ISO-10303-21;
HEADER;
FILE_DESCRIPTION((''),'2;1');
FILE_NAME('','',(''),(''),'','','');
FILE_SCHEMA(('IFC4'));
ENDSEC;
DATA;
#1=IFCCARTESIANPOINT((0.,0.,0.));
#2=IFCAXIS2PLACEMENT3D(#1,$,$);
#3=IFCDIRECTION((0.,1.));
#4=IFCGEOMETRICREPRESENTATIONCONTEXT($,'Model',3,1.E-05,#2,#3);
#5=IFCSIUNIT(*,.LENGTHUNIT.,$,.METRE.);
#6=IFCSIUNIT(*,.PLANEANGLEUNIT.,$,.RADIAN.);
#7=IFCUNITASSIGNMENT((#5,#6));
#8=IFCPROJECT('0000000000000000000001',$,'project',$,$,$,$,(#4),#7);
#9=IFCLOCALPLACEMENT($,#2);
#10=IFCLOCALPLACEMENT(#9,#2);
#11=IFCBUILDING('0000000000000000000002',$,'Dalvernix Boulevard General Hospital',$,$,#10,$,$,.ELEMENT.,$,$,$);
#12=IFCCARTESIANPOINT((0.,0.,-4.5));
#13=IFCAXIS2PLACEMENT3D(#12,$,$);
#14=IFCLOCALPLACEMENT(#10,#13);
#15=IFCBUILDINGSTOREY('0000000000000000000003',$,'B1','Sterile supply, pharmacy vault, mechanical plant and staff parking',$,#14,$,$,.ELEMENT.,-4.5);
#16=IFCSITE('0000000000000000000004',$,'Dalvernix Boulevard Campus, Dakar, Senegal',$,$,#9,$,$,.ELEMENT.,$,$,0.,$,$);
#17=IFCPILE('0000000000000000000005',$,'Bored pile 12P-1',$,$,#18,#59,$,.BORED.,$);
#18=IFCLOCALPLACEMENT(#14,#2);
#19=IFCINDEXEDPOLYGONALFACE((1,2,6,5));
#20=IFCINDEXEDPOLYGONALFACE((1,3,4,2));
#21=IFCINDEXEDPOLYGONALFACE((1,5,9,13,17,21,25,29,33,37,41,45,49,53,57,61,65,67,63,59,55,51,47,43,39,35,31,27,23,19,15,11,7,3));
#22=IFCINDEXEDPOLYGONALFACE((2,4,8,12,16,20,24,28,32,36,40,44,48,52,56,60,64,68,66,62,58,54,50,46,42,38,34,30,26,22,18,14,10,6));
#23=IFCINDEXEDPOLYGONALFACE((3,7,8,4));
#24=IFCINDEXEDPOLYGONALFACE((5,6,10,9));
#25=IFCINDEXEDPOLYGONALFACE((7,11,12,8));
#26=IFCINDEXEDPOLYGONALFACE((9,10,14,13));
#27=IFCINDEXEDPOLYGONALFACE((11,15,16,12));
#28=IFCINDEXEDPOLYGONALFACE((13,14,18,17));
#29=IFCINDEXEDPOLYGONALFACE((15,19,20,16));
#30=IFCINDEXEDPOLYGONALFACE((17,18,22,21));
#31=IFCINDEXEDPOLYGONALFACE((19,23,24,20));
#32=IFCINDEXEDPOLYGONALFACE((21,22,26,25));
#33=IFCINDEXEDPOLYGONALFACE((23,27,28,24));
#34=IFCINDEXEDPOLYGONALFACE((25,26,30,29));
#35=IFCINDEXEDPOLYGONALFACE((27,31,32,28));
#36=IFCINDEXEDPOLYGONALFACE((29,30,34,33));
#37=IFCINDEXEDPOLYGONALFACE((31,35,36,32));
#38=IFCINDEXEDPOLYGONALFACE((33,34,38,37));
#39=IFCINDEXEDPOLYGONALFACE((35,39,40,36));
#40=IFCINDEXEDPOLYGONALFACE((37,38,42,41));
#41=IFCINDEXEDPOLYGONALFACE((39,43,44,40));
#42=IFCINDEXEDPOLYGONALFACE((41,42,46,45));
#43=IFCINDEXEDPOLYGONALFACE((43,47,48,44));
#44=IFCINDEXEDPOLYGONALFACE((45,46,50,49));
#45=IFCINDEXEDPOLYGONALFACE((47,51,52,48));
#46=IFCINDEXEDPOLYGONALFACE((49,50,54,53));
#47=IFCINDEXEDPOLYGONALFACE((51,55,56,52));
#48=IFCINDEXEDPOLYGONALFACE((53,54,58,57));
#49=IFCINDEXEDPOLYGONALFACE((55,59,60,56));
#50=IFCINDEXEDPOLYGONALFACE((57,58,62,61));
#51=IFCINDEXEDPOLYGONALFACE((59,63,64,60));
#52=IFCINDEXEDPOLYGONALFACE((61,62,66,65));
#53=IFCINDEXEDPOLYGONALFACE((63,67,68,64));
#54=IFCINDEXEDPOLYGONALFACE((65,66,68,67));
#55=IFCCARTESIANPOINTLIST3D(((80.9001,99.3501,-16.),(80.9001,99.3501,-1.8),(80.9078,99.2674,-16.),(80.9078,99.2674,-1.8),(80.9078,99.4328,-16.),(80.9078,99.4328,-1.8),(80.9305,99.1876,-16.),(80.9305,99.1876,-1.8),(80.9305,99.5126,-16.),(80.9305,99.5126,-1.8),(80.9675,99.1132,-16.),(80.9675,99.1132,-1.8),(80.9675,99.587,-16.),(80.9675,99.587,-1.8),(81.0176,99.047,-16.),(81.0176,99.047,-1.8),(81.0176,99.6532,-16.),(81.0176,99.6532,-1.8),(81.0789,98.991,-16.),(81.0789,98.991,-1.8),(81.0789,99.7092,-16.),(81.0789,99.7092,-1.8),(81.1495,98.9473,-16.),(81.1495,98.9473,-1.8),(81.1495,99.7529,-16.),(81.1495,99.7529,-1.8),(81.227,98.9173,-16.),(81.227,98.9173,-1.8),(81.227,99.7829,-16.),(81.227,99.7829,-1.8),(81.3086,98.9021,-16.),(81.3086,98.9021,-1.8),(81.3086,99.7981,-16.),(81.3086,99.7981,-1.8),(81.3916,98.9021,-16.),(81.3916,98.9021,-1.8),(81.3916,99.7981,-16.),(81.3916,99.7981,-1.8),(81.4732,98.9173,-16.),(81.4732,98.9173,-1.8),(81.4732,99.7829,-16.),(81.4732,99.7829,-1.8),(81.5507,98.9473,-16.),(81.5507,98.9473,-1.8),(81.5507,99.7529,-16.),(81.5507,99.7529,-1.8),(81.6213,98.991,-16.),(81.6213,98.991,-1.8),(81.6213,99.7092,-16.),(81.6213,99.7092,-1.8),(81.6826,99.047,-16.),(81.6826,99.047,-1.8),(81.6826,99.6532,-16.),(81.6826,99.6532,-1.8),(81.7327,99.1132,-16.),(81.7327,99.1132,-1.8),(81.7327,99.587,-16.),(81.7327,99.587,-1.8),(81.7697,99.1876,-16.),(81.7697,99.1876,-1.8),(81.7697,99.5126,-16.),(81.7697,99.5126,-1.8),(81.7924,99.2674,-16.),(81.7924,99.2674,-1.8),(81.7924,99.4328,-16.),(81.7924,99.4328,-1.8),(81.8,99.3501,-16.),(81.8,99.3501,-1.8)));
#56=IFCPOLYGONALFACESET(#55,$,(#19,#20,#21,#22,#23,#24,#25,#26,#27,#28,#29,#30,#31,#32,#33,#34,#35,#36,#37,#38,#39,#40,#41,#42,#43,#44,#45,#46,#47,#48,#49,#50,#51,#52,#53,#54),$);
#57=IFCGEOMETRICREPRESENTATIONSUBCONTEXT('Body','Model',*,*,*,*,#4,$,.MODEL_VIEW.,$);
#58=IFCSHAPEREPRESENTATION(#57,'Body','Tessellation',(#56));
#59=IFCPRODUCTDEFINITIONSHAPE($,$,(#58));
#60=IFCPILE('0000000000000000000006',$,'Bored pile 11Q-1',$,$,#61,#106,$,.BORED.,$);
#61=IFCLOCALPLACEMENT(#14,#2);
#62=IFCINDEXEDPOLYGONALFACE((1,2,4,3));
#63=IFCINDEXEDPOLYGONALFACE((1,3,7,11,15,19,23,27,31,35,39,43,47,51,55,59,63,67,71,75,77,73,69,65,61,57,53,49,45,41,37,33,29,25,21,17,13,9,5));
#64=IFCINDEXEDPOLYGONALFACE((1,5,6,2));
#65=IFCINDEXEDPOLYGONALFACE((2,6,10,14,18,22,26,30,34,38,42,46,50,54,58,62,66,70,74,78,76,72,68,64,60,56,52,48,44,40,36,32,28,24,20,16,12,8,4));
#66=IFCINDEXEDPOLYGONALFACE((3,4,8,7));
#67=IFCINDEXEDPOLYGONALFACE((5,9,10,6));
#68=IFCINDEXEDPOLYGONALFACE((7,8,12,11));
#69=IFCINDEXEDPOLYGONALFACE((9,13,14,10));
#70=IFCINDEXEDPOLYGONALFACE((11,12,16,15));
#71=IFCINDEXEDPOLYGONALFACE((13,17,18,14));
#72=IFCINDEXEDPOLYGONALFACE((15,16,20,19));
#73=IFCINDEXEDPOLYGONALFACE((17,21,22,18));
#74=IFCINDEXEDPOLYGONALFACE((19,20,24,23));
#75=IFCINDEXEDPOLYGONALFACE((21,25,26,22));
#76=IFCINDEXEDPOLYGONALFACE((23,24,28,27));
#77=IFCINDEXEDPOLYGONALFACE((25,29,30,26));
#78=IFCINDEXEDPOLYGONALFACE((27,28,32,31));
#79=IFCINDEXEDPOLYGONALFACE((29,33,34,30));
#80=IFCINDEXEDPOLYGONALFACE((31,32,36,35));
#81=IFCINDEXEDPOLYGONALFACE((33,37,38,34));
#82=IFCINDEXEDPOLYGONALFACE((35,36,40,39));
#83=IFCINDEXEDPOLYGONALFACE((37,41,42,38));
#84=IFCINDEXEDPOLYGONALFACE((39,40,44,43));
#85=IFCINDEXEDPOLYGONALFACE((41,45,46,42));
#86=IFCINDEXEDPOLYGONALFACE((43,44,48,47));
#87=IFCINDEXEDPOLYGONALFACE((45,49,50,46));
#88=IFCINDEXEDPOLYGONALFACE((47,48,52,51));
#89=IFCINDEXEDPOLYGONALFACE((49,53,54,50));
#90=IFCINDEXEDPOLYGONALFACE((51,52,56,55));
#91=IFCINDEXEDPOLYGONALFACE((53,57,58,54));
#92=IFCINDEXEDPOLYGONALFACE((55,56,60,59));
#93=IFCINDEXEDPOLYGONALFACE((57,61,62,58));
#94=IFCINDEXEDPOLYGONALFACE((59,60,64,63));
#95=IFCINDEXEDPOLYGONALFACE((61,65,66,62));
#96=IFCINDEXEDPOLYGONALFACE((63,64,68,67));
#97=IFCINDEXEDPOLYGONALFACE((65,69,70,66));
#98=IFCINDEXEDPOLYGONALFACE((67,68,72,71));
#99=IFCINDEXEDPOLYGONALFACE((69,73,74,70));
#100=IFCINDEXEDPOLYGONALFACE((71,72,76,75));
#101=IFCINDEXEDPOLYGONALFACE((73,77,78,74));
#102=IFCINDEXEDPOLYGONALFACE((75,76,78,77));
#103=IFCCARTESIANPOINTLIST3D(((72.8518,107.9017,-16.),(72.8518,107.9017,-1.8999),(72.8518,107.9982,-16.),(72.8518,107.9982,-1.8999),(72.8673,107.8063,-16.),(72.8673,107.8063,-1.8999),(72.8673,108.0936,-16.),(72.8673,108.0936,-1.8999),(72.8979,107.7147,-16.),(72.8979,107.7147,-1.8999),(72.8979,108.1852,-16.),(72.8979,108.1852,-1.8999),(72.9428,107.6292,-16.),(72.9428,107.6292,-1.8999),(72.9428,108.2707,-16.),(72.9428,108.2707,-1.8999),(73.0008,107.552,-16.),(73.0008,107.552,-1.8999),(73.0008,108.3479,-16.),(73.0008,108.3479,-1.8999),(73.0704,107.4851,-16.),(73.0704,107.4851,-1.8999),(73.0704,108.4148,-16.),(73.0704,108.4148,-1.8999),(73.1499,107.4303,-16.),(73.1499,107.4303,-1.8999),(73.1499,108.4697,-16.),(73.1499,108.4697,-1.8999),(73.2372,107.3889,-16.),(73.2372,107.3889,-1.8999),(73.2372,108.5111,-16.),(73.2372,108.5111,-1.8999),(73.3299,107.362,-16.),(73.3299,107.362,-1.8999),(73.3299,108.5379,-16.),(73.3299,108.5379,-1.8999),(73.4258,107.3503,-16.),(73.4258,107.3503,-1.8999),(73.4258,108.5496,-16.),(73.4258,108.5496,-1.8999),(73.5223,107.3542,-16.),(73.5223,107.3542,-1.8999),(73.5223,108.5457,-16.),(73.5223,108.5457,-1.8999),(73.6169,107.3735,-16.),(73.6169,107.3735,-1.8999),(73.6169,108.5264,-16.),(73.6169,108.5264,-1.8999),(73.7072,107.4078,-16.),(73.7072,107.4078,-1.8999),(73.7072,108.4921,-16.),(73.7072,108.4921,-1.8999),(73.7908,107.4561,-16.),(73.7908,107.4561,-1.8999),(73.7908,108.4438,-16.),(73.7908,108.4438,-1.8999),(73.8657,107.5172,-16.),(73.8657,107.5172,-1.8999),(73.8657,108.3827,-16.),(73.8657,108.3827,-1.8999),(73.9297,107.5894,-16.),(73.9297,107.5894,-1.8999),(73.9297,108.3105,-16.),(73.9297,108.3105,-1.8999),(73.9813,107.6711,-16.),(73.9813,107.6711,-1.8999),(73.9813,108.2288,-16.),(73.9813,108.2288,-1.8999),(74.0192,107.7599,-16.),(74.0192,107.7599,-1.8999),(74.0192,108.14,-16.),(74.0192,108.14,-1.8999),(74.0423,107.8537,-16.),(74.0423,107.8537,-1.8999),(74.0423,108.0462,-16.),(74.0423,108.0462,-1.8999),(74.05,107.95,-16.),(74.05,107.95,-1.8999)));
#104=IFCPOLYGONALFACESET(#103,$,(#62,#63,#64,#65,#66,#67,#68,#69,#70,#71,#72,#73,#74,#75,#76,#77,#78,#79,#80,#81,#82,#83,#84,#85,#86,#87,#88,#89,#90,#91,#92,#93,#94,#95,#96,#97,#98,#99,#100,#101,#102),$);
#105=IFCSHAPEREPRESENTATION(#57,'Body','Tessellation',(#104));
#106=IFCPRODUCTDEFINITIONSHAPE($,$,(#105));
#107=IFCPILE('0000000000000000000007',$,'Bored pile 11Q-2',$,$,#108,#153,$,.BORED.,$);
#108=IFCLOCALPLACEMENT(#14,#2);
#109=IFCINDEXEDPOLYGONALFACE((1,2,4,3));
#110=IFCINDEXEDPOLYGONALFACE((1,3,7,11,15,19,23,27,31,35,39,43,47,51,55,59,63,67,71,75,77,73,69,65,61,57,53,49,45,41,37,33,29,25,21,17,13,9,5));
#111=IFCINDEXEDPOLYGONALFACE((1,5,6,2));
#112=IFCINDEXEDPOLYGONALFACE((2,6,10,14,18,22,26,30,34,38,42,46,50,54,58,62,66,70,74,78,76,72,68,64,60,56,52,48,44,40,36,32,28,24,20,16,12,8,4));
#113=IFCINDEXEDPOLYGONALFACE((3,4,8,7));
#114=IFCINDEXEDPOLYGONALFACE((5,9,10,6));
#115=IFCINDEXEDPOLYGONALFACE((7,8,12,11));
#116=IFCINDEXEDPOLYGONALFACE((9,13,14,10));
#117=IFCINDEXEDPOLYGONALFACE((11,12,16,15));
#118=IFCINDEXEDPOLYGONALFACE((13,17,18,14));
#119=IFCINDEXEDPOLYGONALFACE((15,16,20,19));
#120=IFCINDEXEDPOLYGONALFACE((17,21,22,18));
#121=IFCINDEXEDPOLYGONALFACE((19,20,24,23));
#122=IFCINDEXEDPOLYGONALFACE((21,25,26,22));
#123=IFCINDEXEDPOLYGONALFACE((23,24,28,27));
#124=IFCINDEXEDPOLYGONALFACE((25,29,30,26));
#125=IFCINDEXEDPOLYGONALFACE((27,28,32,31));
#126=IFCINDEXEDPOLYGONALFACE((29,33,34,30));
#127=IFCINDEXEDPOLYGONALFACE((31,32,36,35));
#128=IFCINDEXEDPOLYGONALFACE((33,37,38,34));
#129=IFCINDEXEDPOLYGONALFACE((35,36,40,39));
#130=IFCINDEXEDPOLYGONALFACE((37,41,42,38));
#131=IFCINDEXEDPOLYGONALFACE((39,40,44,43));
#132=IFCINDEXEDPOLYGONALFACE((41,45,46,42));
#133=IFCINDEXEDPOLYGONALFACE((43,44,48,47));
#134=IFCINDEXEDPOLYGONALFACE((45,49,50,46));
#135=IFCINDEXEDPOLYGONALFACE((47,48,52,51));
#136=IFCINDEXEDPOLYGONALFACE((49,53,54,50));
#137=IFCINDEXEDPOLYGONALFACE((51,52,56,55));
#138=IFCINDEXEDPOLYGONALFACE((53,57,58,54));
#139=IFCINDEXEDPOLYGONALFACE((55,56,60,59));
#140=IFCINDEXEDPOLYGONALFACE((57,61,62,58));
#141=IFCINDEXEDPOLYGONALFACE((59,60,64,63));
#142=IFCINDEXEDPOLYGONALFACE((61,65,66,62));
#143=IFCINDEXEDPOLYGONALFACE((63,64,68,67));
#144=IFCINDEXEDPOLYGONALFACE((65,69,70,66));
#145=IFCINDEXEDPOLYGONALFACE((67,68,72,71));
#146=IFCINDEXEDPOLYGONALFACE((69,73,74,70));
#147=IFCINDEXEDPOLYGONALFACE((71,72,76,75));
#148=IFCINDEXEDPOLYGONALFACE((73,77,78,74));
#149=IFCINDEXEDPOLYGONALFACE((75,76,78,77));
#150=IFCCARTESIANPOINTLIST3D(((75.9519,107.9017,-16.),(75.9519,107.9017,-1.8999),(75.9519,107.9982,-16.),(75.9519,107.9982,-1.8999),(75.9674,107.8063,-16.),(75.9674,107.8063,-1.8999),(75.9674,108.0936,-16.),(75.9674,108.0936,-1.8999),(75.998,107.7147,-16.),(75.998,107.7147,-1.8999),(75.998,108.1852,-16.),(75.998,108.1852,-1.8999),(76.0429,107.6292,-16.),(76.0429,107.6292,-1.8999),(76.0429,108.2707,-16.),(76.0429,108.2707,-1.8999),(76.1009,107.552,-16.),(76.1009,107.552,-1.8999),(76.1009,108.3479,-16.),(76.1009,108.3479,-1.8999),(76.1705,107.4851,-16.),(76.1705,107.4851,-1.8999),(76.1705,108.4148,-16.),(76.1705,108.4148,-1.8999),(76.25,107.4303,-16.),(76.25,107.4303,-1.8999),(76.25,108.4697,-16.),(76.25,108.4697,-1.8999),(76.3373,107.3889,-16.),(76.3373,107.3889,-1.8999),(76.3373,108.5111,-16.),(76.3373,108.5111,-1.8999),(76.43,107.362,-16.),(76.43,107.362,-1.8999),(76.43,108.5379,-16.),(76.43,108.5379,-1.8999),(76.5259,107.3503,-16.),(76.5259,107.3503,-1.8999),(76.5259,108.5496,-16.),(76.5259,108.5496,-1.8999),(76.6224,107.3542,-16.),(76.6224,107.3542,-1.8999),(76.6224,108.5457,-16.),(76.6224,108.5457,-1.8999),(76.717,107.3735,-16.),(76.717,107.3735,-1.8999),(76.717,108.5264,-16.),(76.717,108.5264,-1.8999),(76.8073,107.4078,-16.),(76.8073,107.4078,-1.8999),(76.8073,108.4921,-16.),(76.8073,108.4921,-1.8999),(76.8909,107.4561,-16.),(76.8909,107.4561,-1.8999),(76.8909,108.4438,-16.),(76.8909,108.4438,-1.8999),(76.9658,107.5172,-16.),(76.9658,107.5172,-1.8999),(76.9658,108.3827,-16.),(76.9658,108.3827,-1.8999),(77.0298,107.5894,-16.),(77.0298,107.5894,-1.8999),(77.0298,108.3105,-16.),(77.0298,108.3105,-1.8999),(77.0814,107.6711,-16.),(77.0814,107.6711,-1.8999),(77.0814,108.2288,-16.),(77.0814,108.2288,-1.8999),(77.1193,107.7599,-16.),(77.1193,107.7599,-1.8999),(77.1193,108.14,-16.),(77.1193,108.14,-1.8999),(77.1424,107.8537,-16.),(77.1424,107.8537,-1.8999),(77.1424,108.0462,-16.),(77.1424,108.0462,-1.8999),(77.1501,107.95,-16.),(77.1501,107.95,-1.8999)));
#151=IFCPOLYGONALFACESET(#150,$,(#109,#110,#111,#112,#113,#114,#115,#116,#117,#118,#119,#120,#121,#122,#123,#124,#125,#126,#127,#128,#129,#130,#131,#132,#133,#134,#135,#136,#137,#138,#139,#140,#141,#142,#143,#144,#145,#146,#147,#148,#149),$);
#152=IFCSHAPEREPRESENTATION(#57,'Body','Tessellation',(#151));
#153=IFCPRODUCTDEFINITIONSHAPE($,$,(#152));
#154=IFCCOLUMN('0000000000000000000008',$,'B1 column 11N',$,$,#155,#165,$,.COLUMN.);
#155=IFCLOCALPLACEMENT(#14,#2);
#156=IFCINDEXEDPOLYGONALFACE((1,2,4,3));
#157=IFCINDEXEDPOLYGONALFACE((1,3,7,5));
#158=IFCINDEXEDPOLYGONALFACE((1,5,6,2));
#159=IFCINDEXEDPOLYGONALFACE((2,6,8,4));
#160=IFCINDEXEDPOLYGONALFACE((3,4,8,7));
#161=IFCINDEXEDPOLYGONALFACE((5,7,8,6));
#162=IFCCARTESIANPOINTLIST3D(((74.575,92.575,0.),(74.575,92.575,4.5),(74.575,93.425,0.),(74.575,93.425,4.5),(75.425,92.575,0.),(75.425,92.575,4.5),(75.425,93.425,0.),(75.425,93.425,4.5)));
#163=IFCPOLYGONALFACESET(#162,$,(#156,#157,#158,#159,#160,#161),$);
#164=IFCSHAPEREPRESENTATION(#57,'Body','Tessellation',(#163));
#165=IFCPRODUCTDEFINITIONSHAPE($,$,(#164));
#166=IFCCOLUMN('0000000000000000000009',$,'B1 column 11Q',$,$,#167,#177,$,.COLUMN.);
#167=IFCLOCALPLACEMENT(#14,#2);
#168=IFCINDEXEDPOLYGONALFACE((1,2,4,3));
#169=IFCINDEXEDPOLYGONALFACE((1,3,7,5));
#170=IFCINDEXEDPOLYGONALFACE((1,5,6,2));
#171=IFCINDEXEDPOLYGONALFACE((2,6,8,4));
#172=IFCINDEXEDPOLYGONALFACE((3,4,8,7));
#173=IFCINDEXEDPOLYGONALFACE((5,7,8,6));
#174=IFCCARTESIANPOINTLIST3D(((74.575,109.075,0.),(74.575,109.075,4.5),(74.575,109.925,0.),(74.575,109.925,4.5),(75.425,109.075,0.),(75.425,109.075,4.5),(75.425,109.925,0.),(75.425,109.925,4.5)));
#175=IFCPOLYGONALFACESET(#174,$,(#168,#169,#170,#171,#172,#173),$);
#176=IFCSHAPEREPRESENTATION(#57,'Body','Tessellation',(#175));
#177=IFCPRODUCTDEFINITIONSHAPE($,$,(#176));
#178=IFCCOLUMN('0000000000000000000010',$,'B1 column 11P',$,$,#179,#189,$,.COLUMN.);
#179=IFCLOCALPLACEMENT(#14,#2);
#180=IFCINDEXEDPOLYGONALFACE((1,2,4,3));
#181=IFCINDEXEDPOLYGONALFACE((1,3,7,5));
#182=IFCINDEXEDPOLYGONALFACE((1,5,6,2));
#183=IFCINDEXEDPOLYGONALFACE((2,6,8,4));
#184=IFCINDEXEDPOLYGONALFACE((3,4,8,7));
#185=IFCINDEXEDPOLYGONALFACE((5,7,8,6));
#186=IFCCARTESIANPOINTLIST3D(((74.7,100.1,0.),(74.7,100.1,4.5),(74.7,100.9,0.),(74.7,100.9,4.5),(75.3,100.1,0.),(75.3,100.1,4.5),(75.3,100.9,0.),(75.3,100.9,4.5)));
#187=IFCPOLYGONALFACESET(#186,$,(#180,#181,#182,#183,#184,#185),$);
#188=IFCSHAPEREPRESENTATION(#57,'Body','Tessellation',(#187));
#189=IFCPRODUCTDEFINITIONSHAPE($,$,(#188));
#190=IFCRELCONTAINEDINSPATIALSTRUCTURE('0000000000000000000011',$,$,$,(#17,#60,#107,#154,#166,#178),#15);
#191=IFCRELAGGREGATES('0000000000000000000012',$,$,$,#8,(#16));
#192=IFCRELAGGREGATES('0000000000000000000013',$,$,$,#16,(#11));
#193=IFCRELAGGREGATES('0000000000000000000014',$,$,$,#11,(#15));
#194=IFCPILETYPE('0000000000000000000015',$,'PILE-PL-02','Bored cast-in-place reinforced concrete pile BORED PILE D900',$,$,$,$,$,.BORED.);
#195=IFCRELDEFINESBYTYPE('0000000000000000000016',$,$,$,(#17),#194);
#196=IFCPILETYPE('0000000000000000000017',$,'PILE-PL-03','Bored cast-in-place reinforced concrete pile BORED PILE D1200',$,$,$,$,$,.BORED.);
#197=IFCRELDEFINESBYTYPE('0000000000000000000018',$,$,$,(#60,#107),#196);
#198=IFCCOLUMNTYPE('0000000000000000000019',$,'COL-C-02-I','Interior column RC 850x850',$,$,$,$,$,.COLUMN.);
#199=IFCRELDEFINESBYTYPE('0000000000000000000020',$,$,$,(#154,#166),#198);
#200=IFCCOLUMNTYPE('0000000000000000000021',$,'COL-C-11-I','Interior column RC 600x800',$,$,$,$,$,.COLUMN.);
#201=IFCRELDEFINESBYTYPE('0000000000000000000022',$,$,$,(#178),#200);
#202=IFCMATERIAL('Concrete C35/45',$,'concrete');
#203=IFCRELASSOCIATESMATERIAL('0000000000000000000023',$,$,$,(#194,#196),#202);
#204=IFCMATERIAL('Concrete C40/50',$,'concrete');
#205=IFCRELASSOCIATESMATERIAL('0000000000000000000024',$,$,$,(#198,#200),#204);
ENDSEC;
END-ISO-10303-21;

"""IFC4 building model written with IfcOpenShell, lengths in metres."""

from ifc_helpers import new_model, si_unit, direction, frame, origin, origin_2d, place, context, subcontext, project, spatial, rectangle, circle, extrude, material, material_profile, profile_set, type_object, element, save


model = new_model("IFC4")

# Units and contexts
model_context = context("Model", 3, precision=1e-05, world=origin(), true_north=direction((0.0, 1.0)))
body_context = subcontext(model_context, "Body", "Model", "MODEL_VIEW")
ifc_project = project(units=[si_unit("LENGTHUNIT", "METRE"), si_unit("PLANEANGLEUNIT", "RADIAN")], contexts=[model_context])

# Site, building, storey
site_placement = place(None, origin())
site = spatial("IfcSite", under=ifc_project, at=site_placement, Name="Dalvernix Boulevard Campus, Dakar, Senegal", CompositionType="ELEMENT", RefElevation=0.0)
building_placement = place(site_placement, origin())
building = spatial("IfcBuilding", under=site, at=building_placement, Name="Dalvernix Boulevard General Hospital", CompositionType="ELEMENT")
storey_placement = place(building_placement, frame((0.0, 0.0, -4.5)))
storey = spatial("IfcBuildingStorey", under=building, at=storey_placement, Name="B1", Description="Sterile supply, pharmacy vault, mechanical plant and staff parking", CompositionType="ELEMENT", Elevation=-4.5)

# Shared definitions
ifc_material_1 = material(Name="Concrete C35/45", Category="concrete")
ifc_material_2 = material(Name="Concrete C40/50", Category="concrete")

# Piles
ifc_material_profile_1 = material_profile(ifc_material_1, circle(Radius=0.45, at=origin_2d()), Name="BORED PILE D900")
ifc_profile_set_1 = profile_set([ifc_material_profile_1], Name="Concrete C35/45")
pile_type_1 = type_object("IfcPileType", Name="PILE-PL-02", Description="Bored cast-in-place reinforced concrete pile BORED PILE D900", PredefinedType="BORED", material=ifc_profile_set_1)
pile_placement = place(storey_placement, frame((81.3501, 99.3501, -1.8), z_axis=(0.0, 0.0, -1.0), x_axis=(1.0, 0.0, 0.0)))
element("IfcPile", 1, at=pile_placement, inside=storey, type_object=pile_type_1, Name="Bored pile 12P-1", PredefinedType="BORED", context=body_context, shape_type="SweptSolid", body=[
    extrude(circle(Radius=0.45, at=origin_2d()), origin(), (0.0, 0.0, 1.0), 14.2),
])
ifc_material_profile_2 = material_profile(ifc_material_1, circle(Radius=0.6001, at=origin_2d()), Name="BORED PILE D1200")
ifc_profile_set_2 = profile_set([ifc_material_profile_2], Name="Concrete C35/45")
pile_type_2 = type_object("IfcPileType", Name="PILE-PL-03", Description="Bored cast-in-place reinforced concrete pile BORED PILE D1200", PredefinedType="BORED", material=ifc_profile_set_2)
for number, where, z_axis, x_axis, name in (
    (2, (73.45, 107.95, -1.8999), (0.0, 0.0, -1.0), (1.0, 0.0, 0.0), "Bored pile 11Q-1"),
    (3, (76.55, 107.95, -1.8999), (0.0, 0.0, -1.0), (1.0, 0.0, 0.0), "Bored pile 11Q-2"),
):
    element("IfcPile", number, at=place(storey_placement, frame(where, z_axis=z_axis, x_axis=x_axis)), inside=storey, type_object=pile_type_2, Name=name, PredefinedType="BORED", context=body_context, shape_type="SweptSolid", body=[
        extrude(circle(Radius=0.6001, at=origin_2d()), origin(), (0.0, 0.0, 1.0), 14.1001),
    ])

# Columns
ifc_material_profile_3 = material_profile(ifc_material_2, rectangle(XDim=0.8501, YDim=0.8501, at=origin_2d()), Name="RC 850x850")
ifc_profile_set_3 = profile_set([ifc_material_profile_3], Name="Concrete C40/50")
column_type_1 = type_object("IfcColumnType", Name="COL-C-02-I", Description="Interior column RC 850x850", PredefinedType="COLUMN", material=ifc_profile_set_3)
for number, where, z_axis, x_axis, name in (
    (4, (75.0, 93.0, 0.0), (0.0, 0.0, 1.0), (1.0, 0.0, 0.0), "B1 column 11N"),
    (5, (75.0, 109.5, 0.0), (0.0, 0.0, 1.0), (1.0, 0.0, 0.0), "B1 column 11Q"),
):
    element("IfcColumn", number, at=place(storey_placement, frame(where, z_axis=z_axis, x_axis=x_axis)), inside=storey, type_object=column_type_1, Name=name, PredefinedType="COLUMN", context=body_context, shape_type="SweptSolid", body=[
        extrude(rectangle(XDim=0.8501, YDim=0.8501, at=origin_2d()), origin(), (0.0, 0.0, 1.0), 4.5),
    ])
ifc_material_profile_4 = material_profile(ifc_material_2, rectangle(XDim=0.6001, YDim=0.8, at=origin_2d()), Name="RC 600x800")
ifc_profile_set_4 = profile_set([ifc_material_profile_4], Name="Concrete C40/50")
column_type_2 = type_object("IfcColumnType", Name="COL-C-11-I", Description="Interior column RC 600x800", PredefinedType="COLUMN", material=ifc_profile_set_4)
column_placement = place(storey_placement, frame((75.0, 100.5, 0.0), z_axis=(0.0, 0.0, 1.0), x_axis=(1.0, 0.0, 0.0)))
element("IfcColumn", 6, at=column_placement, inside=storey, type_object=column_type_2, Name="B1 column 11P", PredefinedType="COLUMN", context=body_context, shape_type="SweptSolid", body=[
    extrude(rectangle(XDim=0.6001, YDim=0.8, at=origin_2d()), origin(), (0.0, 0.0, 1.0), 4.5),
])

save(model, "model.ifc")
